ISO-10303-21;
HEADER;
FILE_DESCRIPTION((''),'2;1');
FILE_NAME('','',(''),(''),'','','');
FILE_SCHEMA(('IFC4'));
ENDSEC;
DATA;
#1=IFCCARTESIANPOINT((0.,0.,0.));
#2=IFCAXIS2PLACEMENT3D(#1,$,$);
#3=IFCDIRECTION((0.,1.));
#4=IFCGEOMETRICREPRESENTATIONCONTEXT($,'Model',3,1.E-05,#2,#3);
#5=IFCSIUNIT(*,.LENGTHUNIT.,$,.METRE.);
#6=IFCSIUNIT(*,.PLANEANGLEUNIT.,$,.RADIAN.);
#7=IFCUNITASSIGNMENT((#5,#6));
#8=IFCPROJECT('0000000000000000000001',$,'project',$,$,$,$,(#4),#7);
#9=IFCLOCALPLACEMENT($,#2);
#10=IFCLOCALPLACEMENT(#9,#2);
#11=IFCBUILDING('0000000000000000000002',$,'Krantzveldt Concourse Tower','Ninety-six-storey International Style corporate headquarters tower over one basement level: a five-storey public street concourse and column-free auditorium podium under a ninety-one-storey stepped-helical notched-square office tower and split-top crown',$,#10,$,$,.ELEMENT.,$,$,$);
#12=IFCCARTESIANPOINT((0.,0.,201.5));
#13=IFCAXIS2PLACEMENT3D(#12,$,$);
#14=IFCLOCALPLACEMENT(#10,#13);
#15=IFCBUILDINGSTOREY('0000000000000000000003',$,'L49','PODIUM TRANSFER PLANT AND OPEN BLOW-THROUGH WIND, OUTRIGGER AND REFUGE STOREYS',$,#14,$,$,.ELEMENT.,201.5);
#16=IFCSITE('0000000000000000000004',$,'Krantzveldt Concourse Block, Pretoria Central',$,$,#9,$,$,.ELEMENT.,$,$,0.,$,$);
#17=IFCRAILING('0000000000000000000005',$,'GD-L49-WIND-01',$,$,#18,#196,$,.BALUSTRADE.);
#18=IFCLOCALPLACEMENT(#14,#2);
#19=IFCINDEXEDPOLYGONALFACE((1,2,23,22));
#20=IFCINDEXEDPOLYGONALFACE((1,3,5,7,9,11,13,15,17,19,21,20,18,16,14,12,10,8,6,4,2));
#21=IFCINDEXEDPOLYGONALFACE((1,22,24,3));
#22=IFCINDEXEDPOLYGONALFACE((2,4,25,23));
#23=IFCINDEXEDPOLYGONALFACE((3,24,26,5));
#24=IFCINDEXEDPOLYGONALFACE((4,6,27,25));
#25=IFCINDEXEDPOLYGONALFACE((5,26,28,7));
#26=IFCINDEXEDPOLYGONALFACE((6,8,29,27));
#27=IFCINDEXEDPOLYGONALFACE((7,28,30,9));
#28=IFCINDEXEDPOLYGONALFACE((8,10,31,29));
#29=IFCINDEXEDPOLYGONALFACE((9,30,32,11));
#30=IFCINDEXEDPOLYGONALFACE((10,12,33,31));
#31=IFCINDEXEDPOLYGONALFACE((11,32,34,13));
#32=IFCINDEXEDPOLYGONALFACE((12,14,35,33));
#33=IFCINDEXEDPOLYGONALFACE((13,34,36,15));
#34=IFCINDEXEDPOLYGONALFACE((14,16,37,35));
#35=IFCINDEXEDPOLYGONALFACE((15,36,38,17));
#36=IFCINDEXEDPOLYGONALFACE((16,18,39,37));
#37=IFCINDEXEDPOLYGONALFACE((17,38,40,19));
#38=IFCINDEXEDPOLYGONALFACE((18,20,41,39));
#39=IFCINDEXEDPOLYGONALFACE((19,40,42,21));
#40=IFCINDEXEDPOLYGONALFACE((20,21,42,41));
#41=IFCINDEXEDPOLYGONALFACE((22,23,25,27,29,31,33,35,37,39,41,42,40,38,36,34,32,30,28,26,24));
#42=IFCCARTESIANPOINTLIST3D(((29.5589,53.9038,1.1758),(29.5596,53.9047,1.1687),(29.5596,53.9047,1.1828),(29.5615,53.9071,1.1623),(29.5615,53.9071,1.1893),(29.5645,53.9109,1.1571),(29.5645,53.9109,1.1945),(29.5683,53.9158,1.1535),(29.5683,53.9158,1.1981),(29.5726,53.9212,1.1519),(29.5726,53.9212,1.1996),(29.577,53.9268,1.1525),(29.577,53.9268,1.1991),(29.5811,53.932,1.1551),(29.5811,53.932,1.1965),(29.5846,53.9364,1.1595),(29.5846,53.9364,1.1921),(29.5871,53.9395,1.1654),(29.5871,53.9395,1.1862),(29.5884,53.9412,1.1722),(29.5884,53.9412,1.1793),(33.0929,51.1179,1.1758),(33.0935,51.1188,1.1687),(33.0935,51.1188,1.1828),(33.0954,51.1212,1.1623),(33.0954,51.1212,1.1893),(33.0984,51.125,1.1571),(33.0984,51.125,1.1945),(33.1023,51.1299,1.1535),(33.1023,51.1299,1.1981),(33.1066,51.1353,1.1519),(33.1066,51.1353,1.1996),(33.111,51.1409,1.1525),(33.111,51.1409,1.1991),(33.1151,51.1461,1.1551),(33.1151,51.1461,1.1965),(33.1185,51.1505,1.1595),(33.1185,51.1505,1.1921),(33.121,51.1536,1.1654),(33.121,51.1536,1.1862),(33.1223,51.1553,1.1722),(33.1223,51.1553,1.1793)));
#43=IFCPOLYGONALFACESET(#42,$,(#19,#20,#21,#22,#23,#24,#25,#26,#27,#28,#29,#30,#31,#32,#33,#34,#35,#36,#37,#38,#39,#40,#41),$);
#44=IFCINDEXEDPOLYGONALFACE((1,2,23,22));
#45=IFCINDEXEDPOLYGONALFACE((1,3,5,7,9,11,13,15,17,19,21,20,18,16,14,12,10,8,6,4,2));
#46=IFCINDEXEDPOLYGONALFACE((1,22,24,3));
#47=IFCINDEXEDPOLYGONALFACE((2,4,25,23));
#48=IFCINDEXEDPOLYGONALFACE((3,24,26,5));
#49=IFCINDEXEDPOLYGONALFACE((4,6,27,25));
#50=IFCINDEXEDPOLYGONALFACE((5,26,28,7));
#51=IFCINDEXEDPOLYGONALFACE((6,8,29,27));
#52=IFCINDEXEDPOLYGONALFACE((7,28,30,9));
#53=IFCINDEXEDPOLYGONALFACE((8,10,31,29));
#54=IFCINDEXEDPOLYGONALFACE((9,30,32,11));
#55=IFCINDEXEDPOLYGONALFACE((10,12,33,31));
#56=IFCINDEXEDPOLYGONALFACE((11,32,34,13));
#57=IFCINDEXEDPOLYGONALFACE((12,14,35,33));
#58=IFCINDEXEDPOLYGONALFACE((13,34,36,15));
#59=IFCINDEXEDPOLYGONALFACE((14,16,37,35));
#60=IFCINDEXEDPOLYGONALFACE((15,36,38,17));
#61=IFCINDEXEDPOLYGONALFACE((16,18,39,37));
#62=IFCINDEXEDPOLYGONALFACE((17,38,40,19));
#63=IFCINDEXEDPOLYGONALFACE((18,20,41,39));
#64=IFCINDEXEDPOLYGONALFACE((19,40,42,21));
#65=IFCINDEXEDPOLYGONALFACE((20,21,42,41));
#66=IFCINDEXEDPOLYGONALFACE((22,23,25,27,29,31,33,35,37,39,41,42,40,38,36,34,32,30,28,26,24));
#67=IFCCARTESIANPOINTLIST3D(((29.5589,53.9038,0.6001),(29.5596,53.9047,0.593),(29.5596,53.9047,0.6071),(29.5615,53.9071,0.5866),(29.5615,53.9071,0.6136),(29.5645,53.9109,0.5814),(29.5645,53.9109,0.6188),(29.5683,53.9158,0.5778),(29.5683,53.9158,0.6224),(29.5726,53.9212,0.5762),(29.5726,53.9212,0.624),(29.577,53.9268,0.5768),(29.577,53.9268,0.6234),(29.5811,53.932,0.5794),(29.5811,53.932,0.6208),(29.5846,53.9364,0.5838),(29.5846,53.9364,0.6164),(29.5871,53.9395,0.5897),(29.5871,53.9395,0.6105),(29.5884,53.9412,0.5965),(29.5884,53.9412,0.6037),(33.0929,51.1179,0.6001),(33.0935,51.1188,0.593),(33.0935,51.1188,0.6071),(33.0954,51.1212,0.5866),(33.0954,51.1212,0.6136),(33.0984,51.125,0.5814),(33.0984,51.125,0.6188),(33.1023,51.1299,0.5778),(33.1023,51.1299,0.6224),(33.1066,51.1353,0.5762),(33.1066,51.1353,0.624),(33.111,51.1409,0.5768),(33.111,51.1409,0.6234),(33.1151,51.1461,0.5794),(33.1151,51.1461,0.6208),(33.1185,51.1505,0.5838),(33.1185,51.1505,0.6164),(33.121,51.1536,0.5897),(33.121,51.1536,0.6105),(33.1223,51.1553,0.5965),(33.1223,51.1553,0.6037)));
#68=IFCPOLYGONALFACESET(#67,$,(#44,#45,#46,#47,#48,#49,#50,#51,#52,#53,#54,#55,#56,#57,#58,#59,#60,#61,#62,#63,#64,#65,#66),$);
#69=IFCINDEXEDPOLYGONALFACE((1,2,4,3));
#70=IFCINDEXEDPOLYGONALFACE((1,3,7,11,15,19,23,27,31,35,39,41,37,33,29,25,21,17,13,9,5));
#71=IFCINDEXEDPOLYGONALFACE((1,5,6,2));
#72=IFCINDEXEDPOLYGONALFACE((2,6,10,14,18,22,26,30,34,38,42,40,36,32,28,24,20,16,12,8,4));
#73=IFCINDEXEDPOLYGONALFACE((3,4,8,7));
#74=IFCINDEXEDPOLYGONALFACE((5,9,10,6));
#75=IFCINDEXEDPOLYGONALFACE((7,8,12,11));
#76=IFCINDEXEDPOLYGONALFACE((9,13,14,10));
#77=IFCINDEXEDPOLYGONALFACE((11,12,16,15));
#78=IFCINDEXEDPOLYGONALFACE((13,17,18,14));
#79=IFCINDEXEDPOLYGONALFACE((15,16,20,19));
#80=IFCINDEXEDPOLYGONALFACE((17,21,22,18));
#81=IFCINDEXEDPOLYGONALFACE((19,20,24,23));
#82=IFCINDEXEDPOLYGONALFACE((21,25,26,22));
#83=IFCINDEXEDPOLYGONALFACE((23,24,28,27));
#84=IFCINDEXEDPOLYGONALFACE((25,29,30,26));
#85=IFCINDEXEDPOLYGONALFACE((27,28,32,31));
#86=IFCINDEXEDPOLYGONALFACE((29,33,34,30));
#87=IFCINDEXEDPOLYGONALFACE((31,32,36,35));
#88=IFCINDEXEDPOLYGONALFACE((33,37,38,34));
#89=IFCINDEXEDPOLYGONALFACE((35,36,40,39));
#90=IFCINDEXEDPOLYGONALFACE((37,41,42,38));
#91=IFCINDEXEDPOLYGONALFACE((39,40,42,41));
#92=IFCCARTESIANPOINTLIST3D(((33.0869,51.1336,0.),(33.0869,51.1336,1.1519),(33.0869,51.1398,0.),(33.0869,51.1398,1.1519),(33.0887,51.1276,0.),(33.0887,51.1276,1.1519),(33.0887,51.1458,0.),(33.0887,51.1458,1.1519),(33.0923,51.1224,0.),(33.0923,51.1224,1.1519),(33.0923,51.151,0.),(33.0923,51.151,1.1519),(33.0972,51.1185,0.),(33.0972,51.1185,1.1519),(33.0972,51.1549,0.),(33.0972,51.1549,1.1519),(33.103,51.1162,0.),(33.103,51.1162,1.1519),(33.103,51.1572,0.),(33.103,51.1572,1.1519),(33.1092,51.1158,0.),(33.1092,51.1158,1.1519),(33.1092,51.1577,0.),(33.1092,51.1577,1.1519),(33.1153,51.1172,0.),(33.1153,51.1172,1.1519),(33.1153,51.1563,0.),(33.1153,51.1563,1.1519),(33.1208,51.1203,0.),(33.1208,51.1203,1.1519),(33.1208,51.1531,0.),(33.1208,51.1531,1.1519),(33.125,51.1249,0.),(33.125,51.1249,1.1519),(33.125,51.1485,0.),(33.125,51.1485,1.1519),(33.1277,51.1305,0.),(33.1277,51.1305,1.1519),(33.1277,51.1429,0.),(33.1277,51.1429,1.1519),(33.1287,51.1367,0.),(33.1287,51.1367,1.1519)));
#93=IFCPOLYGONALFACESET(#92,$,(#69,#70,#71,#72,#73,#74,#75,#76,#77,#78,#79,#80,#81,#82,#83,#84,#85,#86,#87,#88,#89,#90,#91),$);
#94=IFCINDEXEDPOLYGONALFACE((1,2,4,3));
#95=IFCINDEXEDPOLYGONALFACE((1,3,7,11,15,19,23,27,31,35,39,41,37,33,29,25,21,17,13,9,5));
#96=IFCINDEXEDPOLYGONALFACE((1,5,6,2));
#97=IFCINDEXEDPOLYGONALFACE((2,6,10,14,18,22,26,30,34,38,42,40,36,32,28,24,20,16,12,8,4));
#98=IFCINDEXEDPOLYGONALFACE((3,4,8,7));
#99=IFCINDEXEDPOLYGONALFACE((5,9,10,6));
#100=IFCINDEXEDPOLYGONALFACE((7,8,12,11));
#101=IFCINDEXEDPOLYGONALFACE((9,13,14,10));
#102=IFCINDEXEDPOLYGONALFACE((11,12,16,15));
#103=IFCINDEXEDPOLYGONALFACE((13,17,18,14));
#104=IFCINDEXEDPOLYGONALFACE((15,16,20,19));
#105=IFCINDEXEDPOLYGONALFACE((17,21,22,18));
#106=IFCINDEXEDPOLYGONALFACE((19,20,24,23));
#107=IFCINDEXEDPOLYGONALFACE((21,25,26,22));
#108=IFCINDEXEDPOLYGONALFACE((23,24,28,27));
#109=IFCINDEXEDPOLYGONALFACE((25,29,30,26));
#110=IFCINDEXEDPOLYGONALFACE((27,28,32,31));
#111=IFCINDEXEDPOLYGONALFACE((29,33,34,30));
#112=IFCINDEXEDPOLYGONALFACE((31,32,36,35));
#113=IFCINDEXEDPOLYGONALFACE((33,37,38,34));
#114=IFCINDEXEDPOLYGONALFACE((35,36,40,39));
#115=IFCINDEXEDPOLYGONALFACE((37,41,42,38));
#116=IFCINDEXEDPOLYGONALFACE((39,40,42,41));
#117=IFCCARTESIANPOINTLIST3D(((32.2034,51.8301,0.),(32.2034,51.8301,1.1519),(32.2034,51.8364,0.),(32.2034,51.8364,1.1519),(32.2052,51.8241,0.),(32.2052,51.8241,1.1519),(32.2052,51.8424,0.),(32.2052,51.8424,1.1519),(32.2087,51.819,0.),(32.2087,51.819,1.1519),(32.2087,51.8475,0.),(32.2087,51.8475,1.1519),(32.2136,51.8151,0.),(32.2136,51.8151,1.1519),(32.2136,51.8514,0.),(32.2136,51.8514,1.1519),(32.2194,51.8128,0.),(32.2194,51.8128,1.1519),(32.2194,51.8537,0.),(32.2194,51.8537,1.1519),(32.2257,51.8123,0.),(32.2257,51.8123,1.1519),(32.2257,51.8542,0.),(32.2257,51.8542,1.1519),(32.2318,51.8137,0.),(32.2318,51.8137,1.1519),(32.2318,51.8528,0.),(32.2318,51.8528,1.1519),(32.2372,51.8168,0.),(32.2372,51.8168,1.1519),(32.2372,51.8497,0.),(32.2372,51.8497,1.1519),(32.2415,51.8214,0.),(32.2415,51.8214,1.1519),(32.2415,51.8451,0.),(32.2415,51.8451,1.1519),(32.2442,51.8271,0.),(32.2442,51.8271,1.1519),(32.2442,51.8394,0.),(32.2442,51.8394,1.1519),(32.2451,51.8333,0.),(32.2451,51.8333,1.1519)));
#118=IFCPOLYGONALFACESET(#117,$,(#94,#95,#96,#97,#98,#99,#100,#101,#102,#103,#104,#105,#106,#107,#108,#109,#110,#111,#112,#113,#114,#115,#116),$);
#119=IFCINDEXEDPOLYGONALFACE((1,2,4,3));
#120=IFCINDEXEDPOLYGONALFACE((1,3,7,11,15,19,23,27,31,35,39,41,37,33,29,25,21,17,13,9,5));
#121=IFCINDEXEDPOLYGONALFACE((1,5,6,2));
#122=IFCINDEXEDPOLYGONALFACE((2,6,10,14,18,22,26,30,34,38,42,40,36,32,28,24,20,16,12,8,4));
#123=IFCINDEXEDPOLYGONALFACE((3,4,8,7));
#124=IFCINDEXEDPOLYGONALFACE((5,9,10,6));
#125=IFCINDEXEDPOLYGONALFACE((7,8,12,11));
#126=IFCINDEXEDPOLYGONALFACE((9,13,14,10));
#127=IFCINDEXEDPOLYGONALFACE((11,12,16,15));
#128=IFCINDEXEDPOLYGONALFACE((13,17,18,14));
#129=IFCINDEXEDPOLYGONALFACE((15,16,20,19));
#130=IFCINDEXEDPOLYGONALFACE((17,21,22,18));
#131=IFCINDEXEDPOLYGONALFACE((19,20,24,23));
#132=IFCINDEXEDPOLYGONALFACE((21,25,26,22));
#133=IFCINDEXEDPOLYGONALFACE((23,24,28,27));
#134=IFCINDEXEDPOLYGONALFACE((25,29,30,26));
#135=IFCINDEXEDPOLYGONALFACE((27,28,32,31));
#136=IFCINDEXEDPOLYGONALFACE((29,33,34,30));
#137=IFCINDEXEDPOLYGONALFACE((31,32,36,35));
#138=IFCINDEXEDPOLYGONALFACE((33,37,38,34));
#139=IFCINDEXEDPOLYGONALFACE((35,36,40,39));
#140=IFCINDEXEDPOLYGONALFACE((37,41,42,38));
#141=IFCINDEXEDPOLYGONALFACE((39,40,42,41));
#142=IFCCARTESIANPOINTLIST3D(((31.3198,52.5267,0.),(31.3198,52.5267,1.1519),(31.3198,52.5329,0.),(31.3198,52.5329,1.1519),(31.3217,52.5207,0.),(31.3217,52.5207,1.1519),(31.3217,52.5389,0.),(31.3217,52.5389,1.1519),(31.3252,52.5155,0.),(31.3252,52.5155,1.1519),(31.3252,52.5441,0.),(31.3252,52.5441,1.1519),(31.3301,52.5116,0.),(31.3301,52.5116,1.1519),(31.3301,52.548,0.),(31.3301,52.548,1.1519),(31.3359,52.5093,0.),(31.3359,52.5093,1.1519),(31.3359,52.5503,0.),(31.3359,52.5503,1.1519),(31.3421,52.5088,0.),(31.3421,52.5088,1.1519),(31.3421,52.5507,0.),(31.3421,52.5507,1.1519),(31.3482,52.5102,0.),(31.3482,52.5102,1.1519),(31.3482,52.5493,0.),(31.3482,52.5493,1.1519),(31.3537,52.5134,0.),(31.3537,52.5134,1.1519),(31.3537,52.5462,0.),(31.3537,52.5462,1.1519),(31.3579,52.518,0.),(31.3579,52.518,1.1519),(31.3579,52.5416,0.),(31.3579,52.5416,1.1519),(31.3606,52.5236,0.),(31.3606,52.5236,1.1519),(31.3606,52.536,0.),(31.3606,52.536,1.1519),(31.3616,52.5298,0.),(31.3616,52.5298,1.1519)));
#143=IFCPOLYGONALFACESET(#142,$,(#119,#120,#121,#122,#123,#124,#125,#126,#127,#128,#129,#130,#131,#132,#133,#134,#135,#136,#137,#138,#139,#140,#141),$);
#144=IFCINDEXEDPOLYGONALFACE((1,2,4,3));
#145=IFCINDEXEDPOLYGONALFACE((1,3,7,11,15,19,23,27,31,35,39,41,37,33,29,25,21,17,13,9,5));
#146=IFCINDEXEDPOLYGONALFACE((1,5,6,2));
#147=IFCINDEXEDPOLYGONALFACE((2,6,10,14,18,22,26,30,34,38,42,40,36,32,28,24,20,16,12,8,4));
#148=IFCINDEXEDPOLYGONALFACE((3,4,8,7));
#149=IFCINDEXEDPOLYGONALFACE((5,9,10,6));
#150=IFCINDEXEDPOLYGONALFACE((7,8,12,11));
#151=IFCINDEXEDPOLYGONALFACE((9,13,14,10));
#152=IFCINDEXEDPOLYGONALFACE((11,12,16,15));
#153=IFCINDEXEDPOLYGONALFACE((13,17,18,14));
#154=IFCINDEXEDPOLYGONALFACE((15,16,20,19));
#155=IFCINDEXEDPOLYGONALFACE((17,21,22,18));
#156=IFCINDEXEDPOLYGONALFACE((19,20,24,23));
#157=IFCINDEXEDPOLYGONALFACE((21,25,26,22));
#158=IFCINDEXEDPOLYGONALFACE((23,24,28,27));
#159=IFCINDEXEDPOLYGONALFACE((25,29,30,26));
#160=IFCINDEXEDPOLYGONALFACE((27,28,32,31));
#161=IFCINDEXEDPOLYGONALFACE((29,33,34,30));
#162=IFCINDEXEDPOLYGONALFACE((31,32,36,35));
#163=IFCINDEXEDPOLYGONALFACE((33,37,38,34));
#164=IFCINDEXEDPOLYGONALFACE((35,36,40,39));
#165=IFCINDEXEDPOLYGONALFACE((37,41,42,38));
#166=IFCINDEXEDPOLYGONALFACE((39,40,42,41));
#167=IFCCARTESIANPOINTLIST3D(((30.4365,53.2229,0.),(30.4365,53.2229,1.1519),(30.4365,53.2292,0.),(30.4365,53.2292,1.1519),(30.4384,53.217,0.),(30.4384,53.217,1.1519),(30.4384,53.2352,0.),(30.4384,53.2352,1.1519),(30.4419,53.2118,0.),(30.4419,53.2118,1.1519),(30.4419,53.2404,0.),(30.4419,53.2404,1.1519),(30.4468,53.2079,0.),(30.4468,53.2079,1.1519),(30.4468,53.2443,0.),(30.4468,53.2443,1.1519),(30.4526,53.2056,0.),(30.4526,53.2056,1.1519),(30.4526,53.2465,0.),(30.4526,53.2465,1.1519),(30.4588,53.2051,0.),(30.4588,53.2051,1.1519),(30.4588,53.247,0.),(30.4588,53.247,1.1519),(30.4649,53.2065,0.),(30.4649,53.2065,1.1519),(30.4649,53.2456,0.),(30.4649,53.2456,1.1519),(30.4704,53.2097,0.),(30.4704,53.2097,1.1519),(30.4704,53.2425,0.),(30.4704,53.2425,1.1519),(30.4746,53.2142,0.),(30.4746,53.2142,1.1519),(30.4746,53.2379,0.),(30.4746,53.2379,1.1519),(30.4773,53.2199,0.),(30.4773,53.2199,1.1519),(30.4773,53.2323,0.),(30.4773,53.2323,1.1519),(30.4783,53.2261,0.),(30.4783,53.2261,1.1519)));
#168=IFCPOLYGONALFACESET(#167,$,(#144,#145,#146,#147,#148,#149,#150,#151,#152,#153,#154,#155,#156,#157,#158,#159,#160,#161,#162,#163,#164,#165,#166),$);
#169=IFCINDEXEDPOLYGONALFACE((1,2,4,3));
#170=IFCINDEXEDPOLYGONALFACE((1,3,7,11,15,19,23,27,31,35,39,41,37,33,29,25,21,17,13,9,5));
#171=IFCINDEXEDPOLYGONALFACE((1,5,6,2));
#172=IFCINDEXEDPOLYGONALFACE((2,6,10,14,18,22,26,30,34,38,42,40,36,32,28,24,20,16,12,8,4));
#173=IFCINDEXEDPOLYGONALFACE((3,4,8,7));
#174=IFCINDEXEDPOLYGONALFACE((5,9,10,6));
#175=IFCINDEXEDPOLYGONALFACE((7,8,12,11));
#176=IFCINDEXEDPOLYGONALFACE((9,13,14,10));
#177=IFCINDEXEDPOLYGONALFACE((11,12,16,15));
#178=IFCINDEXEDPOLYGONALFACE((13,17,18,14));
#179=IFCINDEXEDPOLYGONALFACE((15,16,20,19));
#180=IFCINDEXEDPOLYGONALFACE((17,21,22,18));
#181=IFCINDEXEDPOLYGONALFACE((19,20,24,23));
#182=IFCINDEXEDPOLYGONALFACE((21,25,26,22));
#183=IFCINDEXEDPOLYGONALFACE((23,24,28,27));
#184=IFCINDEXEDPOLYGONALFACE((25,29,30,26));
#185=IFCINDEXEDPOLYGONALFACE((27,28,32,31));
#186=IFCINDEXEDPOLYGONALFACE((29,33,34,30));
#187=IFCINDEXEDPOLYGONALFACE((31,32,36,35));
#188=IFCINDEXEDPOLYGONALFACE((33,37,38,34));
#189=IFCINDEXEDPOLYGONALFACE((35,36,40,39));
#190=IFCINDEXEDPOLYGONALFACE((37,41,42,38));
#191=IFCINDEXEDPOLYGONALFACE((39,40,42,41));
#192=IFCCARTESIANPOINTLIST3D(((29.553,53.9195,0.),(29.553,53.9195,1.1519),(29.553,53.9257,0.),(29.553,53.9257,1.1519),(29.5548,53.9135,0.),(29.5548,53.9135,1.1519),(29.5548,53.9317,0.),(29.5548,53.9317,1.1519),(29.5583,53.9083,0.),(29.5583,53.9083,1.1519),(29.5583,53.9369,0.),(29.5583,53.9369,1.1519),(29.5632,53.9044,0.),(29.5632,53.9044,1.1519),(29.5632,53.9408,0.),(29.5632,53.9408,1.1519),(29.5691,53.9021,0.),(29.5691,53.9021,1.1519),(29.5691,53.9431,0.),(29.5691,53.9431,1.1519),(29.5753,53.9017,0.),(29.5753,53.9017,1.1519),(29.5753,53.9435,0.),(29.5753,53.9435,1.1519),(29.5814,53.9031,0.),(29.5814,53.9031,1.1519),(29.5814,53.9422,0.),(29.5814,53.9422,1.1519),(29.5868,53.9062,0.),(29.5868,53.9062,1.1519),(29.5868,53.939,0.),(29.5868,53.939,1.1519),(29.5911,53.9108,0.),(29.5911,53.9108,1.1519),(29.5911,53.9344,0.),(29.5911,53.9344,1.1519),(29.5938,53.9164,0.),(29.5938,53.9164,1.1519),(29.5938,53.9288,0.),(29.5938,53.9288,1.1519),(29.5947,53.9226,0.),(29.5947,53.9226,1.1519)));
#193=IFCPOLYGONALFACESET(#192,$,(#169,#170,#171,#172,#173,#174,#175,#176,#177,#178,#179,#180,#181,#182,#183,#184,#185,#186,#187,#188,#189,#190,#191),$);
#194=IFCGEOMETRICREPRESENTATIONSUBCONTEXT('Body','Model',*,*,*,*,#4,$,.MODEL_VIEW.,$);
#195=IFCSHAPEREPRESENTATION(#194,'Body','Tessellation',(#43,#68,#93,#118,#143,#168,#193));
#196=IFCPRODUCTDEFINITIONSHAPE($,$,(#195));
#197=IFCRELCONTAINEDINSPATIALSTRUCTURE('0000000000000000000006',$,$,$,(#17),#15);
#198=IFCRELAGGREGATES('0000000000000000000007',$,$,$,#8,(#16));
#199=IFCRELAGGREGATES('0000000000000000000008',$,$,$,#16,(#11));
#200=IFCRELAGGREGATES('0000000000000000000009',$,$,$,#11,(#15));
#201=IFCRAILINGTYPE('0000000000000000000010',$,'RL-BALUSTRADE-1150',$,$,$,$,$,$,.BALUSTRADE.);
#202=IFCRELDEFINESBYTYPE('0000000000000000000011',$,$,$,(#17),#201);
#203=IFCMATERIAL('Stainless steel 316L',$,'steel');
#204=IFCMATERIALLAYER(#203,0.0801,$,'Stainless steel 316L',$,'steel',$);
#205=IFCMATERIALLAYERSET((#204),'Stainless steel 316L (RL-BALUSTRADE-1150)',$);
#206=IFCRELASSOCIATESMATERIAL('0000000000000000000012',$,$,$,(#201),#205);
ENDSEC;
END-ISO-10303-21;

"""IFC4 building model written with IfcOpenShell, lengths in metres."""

from ifc_helpers import new_model, si_unit, direction, frame, origin, origin_2d, place, context, subcontext, project, spatial, circle, extrude, material, layer, layer_set, type_object, element, save


model = new_model("IFC4")

# Units and contexts
model_context = context("Model", 3, precision=1e-05, world=origin(), true_north=direction((0.0, 1.0)))
body_context = subcontext(model_context, "Body", "Model", "MODEL_VIEW")
ifc_project = project(units=[si_unit("LENGTHUNIT", "METRE"), si_unit("PLANEANGLEUNIT", "RADIAN")], contexts=[model_context])

# Site, building, storey
site_placement = place(None, origin())
site = spatial("IfcSite", under=ifc_project, at=site_placement, Name="Krantzveldt Concourse Block, Pretoria Central", CompositionType="ELEMENT", RefElevation=0.0)
building_placement = place(site_placement, origin())
building = spatial("IfcBuilding", under=site, at=building_placement, Name="Krantzveldt Concourse Tower", Description="Ninety-six-storey International Style corporate headquarters tower over one basement level: a five-storey public street concourse and column-free auditorium podium under a ninety-one-storey stepped-helical notched-square office tower and split-top crown", CompositionType="ELEMENT")
storey_placement = place(building_placement, frame((0.0, 0.0, 201.5)))
storey = spatial("IfcBuildingStorey", under=building, at=storey_placement, Name="L49", Description="PODIUM TRANSFER PLANT AND OPEN BLOW-THROUGH WIND, OUTRIGGER AND REFUGE STOREYS", CompositionType="ELEMENT", Elevation=201.5)

# Railing
ifc_material_1 = material(Name="Stainless steel 316L", Category="steel")
ifc_layer_1 = layer(ifc_material_1, 0.0801, Name="Stainless steel 316L", Category="steel")
ifc_layer_set_1 = layer_set([ifc_layer_1], Name="Stainless steel 316L (RL-BALUSTRADE-1150)")
railing_type = type_object("IfcRailingType", Name="RL-BALUSTRADE-1150", PredefinedType="BALUSTRADE", material=ifc_layer_set_1)
railing_1_placement = place(storey_placement, frame((33.1077, 51.1367, 0.0)))
element("IfcRailing", 1, at=railing_1_placement, inside=storey, type_object=railing_type, Name="GD-L49-WIND-01", PredefinedType="BALUSTRADE", context=body_context, shape_type="SweptSolid", body=[
    extrude(circle(Radius=0.0239, at=origin_2d()), frame((0.0, 0.0, 1.1758), z_axis=(-0.785321, 0.619088, 0.0), x_axis=(-0.619088, -0.785321, 0.0)), (0.0, 0.0, 1.0), 4.5),
    extrude(circle(Radius=0.0239, at=origin_2d()), frame((0.0, 0.0, 0.6001), z_axis=(-0.785321, 0.619088, 0.0), x_axis=(-0.619088, -0.785321, 0.0)), (0.0, 0.0, 1.0), 4.5),
    extrude(circle(Radius=0.021, at=origin_2d()), origin(), (0.0, 0.0, 1.0), 1.1519),
    extrude(circle(Radius=0.021, at=origin_2d()), frame((-0.8835, 0.6965, 0.0)), (0.0, 0.0, 1.0), 1.1519),
    extrude(circle(Radius=0.021, at=origin_2d()), frame((-1.7671, 1.3931, 0.0)), (0.0, 0.0, 1.0), 1.1519),
    extrude(circle(Radius=0.021, at=origin_2d()), frame((-2.6504, 2.0894, 0.0)), (0.0, 0.0, 1.0), 1.1519),
    extrude(circle(Radius=0.021, at=origin_2d()), frame((-3.5339, 2.7859, 0.0)), (0.0, 0.0, 1.0), 1.1519),
])

save(model, "model.ifc")
